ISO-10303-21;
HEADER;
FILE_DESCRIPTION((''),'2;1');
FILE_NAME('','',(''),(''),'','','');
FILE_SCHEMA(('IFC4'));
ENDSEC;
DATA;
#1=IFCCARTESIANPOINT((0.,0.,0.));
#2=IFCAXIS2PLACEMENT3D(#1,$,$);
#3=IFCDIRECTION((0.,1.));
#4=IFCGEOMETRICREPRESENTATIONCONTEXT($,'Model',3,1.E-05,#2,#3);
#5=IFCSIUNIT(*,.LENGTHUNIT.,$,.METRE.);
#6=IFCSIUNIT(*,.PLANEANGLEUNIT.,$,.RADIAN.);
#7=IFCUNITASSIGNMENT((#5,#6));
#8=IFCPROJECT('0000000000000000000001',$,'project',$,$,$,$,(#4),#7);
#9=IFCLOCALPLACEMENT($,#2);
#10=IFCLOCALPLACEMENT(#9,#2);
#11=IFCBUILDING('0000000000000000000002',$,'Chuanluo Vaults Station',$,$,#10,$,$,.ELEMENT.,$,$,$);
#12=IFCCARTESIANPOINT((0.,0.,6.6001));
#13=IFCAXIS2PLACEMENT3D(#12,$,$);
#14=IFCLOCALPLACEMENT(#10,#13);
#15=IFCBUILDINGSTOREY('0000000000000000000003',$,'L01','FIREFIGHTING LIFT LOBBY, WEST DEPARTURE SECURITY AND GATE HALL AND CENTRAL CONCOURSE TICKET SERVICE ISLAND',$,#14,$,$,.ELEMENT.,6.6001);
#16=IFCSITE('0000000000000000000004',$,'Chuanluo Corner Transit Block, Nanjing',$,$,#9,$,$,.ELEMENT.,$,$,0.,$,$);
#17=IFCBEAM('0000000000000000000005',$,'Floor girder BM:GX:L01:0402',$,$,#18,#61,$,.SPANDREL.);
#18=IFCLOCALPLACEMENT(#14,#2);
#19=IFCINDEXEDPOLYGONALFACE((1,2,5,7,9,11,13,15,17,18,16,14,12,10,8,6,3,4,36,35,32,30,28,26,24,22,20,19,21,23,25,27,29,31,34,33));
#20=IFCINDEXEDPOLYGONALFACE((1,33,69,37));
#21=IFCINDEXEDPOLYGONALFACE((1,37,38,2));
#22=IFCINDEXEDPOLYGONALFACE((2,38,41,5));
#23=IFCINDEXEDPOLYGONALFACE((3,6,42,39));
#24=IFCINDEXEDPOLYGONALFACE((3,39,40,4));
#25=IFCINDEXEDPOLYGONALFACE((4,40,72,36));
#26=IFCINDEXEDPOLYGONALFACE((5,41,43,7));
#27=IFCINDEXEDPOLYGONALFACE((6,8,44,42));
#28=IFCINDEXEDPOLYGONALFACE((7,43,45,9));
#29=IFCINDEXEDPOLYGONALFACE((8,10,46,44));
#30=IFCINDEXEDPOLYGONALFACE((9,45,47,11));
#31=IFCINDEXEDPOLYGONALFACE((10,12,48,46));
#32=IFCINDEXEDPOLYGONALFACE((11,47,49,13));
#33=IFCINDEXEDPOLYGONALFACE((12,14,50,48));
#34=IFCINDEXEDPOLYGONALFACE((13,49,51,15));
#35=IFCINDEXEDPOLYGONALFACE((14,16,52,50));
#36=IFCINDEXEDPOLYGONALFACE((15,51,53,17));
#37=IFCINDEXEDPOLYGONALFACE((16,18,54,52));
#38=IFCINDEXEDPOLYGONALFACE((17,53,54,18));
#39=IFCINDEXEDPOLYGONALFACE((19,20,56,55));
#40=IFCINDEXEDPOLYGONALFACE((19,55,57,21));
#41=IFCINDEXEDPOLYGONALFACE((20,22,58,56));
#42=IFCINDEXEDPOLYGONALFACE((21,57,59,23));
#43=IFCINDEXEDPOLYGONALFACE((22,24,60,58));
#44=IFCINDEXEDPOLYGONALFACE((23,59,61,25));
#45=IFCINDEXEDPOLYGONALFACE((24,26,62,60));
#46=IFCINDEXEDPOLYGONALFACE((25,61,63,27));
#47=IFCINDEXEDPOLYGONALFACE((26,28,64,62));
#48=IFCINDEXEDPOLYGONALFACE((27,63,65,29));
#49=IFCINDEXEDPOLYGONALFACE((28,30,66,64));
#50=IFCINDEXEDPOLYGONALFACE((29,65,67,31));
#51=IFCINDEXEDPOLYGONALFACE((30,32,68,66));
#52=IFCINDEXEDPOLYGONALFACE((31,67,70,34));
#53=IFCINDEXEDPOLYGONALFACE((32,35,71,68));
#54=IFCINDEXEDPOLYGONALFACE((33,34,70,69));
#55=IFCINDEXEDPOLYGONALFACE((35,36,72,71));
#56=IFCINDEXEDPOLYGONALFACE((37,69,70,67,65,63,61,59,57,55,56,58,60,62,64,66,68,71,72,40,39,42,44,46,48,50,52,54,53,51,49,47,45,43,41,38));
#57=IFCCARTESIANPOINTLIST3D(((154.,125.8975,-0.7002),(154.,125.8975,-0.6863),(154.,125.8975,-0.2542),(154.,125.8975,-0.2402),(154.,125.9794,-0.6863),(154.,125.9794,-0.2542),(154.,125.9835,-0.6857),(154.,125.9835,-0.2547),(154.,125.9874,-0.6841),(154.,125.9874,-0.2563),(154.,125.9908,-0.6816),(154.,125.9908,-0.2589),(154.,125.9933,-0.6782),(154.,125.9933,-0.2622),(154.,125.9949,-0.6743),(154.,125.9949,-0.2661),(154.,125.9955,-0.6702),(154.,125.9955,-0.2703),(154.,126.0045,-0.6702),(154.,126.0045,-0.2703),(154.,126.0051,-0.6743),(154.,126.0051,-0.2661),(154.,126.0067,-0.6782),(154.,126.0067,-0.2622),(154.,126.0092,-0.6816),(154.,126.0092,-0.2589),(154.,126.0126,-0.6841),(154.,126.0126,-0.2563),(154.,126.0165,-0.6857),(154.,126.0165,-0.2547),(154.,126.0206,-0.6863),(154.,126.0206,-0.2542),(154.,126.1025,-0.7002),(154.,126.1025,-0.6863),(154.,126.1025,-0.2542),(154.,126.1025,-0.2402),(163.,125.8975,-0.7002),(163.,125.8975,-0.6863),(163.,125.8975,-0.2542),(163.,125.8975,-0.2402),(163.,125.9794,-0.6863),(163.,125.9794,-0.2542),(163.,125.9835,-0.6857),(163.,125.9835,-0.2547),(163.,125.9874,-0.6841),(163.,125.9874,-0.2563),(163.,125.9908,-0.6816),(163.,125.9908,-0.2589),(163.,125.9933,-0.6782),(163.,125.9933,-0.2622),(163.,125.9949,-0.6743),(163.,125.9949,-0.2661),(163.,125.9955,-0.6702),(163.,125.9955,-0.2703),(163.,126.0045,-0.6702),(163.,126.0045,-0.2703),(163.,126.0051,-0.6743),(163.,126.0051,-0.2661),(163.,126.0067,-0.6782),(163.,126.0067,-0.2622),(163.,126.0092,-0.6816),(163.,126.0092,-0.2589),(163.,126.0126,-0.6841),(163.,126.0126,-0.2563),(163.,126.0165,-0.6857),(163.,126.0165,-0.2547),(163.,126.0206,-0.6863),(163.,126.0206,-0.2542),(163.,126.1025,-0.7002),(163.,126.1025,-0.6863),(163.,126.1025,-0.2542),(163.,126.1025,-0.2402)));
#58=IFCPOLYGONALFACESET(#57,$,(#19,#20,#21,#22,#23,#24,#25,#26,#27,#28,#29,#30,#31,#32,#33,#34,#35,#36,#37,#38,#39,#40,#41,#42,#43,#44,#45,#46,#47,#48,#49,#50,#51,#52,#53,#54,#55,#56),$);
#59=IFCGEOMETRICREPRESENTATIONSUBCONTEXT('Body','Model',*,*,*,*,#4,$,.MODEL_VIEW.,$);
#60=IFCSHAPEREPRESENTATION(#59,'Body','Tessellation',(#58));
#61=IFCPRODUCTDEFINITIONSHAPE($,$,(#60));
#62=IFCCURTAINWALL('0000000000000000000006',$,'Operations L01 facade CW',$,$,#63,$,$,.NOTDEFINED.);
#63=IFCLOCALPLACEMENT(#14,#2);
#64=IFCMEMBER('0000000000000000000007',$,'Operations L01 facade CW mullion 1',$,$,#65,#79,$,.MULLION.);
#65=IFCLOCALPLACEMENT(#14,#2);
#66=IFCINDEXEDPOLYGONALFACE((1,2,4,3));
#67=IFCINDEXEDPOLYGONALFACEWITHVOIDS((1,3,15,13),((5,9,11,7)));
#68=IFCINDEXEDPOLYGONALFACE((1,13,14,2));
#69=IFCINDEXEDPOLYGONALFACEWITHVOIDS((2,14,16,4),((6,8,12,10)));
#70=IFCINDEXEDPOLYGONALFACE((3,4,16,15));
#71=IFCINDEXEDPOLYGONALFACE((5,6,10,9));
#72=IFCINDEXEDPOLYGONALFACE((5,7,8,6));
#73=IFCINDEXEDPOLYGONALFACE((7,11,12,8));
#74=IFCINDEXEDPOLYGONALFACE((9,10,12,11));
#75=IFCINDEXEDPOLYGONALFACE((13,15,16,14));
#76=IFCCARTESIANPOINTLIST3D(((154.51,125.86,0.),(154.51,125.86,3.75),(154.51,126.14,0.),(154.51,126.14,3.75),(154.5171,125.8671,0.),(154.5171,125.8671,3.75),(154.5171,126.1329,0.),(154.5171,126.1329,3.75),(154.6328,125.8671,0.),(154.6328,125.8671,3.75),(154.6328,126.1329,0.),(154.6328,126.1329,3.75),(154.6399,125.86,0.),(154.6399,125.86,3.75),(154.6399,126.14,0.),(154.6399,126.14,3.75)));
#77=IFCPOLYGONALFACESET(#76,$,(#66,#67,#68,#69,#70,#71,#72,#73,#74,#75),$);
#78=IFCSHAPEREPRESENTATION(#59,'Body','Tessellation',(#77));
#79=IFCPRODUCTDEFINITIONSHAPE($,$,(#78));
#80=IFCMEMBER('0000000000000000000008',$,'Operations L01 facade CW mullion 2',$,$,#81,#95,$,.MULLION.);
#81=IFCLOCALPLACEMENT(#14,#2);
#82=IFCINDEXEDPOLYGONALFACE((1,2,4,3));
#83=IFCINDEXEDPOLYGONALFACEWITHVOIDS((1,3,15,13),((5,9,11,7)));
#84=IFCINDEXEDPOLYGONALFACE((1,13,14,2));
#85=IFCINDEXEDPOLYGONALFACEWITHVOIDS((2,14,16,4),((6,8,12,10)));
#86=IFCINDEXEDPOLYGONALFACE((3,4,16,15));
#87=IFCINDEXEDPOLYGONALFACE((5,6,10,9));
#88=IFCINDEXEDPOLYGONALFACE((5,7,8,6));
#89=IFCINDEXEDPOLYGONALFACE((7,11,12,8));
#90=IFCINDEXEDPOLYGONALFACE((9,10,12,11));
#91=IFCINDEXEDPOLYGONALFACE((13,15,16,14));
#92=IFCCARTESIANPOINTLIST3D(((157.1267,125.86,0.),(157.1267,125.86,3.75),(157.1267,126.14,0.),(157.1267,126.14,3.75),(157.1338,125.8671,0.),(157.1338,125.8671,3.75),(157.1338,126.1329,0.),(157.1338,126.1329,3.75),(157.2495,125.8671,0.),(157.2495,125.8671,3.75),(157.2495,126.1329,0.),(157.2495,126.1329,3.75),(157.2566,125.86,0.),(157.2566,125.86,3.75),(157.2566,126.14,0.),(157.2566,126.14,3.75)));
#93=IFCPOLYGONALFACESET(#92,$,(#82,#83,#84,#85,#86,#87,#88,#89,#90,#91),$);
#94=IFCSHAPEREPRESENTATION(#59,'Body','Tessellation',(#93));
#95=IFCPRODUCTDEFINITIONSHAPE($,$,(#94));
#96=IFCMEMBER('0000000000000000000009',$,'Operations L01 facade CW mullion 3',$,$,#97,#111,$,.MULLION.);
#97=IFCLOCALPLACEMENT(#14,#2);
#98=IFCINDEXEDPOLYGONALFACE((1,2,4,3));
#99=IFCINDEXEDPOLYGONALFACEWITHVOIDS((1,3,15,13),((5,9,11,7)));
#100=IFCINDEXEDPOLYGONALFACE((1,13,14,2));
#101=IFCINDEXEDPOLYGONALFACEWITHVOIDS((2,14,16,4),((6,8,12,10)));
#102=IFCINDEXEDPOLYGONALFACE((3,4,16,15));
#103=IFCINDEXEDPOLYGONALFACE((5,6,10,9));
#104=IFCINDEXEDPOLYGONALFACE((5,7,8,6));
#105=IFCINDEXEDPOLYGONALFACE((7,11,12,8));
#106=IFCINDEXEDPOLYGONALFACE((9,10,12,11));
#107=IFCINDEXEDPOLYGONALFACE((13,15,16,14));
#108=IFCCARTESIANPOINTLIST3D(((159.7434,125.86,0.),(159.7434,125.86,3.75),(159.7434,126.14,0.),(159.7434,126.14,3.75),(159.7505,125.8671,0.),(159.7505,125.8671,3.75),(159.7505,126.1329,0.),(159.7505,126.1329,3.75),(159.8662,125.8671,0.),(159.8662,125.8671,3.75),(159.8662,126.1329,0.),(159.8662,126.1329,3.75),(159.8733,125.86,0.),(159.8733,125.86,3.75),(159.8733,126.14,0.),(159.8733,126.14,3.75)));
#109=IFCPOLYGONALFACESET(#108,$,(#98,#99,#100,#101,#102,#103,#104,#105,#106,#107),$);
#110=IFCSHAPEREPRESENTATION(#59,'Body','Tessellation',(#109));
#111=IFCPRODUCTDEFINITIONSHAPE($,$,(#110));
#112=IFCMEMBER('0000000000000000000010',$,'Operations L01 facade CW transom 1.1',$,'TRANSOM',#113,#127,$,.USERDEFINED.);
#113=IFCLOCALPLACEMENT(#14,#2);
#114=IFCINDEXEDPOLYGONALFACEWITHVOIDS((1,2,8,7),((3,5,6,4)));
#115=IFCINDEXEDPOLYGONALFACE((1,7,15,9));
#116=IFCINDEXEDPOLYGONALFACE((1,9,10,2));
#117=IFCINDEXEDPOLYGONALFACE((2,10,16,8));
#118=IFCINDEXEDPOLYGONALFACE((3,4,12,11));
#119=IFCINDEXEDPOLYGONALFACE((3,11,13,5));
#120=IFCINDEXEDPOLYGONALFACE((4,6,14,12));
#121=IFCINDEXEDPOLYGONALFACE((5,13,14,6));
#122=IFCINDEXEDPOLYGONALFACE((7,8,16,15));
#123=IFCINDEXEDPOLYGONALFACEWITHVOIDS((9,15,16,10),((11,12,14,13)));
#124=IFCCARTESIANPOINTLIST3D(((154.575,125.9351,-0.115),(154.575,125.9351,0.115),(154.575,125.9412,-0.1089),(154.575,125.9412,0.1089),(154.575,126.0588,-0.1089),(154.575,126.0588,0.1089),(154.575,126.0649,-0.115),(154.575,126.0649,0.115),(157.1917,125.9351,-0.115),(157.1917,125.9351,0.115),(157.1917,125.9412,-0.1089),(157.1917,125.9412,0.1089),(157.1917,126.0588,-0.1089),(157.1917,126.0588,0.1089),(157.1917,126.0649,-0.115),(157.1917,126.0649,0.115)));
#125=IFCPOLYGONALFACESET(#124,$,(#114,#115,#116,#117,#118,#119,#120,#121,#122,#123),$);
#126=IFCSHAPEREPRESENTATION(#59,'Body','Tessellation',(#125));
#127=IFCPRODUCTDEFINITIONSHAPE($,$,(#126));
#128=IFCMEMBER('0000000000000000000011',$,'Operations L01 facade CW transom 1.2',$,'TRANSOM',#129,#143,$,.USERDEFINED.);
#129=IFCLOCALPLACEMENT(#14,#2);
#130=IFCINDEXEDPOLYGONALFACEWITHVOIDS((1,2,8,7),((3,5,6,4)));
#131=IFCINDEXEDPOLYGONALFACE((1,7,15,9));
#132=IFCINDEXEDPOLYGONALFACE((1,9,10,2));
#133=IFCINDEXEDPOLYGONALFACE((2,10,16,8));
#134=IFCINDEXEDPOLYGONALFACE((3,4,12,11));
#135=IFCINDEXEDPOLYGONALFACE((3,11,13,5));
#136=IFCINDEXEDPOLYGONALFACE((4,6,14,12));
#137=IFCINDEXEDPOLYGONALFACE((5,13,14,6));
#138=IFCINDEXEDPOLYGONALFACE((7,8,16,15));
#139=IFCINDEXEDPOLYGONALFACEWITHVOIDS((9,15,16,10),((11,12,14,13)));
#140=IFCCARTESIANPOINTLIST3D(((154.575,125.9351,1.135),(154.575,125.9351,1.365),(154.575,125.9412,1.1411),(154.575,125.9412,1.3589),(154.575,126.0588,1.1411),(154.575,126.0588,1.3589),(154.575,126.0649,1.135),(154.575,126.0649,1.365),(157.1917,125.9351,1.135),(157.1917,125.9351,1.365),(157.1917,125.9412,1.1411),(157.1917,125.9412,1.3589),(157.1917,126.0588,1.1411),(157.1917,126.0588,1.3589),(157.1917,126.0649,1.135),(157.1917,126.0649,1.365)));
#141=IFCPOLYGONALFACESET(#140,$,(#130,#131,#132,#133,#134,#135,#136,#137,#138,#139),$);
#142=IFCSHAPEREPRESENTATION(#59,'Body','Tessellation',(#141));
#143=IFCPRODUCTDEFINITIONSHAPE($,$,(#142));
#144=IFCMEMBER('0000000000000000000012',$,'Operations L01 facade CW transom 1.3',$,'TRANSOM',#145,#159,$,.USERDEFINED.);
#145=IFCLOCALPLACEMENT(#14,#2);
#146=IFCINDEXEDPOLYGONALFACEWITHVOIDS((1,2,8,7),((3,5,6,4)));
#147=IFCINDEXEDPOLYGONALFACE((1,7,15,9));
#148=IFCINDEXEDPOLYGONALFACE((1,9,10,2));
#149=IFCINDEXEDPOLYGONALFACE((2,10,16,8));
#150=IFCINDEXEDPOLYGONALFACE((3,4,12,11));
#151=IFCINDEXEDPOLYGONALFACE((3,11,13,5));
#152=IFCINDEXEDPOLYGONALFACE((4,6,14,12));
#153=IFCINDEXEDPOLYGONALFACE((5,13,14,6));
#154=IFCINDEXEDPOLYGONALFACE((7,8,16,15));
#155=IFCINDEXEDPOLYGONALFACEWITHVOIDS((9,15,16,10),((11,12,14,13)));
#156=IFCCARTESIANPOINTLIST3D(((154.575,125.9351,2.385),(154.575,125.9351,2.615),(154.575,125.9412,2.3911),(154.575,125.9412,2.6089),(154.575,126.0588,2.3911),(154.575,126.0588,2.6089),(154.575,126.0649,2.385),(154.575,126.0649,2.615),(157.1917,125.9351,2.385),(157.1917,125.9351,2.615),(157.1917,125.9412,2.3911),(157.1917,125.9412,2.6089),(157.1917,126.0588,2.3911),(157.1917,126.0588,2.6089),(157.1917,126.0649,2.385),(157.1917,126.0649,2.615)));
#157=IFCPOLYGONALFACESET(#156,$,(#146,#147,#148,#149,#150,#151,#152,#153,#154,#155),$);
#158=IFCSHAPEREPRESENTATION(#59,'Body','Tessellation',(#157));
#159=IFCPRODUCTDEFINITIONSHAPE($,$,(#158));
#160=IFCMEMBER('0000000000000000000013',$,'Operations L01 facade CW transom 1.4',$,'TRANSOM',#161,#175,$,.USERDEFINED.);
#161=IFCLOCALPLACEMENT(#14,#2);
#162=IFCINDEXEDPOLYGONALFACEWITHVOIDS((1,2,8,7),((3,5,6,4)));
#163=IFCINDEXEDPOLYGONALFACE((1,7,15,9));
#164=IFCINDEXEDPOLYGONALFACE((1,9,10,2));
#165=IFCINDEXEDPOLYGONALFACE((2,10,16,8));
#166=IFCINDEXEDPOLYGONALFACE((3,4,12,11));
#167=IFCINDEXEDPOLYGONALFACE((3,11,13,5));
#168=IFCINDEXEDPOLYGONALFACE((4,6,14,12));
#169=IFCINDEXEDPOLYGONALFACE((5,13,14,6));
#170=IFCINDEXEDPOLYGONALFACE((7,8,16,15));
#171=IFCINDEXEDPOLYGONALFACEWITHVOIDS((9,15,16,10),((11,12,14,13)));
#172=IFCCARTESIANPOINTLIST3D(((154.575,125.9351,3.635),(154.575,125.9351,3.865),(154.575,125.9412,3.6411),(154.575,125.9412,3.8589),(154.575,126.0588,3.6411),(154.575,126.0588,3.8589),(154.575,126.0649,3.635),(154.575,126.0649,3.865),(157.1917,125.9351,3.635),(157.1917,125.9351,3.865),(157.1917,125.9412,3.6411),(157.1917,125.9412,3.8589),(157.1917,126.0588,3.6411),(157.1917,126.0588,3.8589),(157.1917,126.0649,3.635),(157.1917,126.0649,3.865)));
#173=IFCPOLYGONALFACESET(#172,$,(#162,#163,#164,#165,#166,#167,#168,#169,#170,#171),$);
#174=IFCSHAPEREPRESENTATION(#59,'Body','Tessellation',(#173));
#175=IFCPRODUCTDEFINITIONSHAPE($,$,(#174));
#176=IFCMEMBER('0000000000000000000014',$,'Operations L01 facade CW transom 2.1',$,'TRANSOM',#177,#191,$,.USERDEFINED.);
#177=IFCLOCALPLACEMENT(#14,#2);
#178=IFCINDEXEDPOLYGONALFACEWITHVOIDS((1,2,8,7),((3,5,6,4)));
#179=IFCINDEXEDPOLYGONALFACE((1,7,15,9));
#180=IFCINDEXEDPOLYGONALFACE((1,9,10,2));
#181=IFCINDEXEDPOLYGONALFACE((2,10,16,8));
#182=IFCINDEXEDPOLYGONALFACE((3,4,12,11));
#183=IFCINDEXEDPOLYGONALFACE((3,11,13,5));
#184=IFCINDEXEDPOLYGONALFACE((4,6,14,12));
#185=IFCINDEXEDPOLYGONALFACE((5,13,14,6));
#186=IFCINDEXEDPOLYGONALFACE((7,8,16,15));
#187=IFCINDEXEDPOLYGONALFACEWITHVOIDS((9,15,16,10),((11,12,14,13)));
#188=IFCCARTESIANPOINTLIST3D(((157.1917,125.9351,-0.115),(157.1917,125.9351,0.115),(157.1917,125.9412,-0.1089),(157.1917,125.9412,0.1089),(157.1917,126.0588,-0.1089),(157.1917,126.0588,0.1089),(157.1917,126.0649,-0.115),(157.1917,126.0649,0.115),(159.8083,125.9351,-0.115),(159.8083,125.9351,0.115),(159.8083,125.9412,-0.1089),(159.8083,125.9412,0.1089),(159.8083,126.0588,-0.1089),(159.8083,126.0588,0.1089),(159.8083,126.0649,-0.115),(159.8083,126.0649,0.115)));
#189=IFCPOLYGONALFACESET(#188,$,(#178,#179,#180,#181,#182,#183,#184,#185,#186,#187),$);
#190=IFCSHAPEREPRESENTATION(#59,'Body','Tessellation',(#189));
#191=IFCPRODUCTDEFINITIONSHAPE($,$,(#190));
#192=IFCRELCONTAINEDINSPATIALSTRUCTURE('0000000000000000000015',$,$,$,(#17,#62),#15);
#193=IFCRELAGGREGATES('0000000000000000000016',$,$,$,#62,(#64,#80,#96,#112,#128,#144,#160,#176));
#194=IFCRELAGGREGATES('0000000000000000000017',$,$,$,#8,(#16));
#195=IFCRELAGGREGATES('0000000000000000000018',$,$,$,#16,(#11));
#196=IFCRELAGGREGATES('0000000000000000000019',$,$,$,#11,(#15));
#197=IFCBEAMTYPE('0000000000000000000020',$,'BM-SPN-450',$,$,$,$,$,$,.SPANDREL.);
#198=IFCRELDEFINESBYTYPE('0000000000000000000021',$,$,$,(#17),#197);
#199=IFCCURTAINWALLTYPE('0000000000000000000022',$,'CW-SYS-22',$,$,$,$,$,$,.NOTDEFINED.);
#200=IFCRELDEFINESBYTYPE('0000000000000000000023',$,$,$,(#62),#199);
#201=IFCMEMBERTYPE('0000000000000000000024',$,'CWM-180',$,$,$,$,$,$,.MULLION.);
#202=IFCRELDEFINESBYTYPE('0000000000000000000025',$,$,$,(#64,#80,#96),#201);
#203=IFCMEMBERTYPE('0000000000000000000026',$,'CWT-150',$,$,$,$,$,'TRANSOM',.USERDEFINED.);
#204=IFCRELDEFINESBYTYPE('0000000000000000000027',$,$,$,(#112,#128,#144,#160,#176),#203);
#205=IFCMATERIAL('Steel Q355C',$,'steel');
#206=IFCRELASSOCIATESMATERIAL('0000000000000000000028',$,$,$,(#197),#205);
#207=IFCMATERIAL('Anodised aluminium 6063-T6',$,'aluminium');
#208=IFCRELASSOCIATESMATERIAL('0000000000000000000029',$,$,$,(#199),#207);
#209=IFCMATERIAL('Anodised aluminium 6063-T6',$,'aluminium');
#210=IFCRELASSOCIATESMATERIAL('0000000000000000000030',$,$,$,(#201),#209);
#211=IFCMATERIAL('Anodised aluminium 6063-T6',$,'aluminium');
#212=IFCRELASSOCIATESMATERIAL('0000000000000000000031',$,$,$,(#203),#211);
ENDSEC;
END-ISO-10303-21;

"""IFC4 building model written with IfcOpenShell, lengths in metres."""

from ifc_helpers import new_model, si_unit, direction, frame, origin, origin_2d, place, context, subcontext, project, spatial, hollow_rectangle, i_section, extrude, material, material_profile, profile_set, type_object, element, aggregate, save


model = new_model("IFC4")

# Units and contexts
model_context = context("Model", 3, precision=1e-05, world=origin(), true_north=direction((0.0, 1.0)))
body_context = subcontext(model_context, "Body", "Model", "MODEL_VIEW")
ifc_project = project(units=[si_unit("LENGTHUNIT", "METRE"), si_unit("PLANEANGLEUNIT", "RADIAN")], contexts=[model_context])

# Site, building, storey
site_placement = place(None, origin())
site = spatial("IfcSite", under=ifc_project, at=site_placement, Name="Chuanluo Corner Transit Block, Nanjing", CompositionType="ELEMENT", RefElevation=0.0)
building_placement = place(site_placement, origin())
building = spatial("IfcBuilding", under=site, at=building_placement, Name="Chuanluo Vaults Station", CompositionType="ELEMENT")
storey_placement = place(building_placement, frame((0.0, 0.0, 6.6001)))
storey = spatial("IfcBuildingStorey", under=building, at=storey_placement, Name="L01", Description="FIREFIGHTING LIFT LOBBY, WEST DEPARTURE SECURITY AND GATE HALL AND CENTRAL CONCOURSE TICKET SERVICE ISLAND", CompositionType="ELEMENT", Elevation=6.6001)

# Beam
ifc_material_1 = material(Name="Steel Q355C", Category="steel")
ifc_material_profile_1 = material_profile(ifc_material_1, i_section(OverallWidth=0.2051, OverallDepth=0.46, WebThickness=0.009, FlangeThickness=0.0139, FilletRadius=0.0161, at=origin_2d()))
ifc_profile_set_1 = profile_set([ifc_material_profile_1], Name="Steel Q355C")
beam_type = type_object("IfcBeamType", Name="BM-SPN-450", PredefinedType="SPANDREL", material=ifc_profile_set_1)
beam_placement = place(storey_placement, frame((154.0, 126.0, -0.4702), z_axis=(1.0, 0.0, 0.0), x_axis=(0.0, 1.0, 0.0)))
element("IfcBeam", 1, at=beam_placement, inside=storey, type_object=beam_type, Name="Floor girder BM:GX:L01:0402", PredefinedType="SPANDREL", context=body_context, shape_type="SweptSolid", body=[
    extrude(i_section(OverallWidth=0.2051, OverallDepth=0.46, WebThickness=0.009, FlangeThickness=0.0139, FilletRadius=0.0161, at=origin_2d()), origin(), (0.0, 0.0, 1.0), 9.0),
])

# Curtain wall, members
ifc_material_2 = material(Name="Anodised aluminium 6063-T6", Category="aluminium")
curtain_wall_type = type_object("IfcCurtainWallType", Name="CW-SYS-22", PredefinedType="NOTDEFINED", material=ifc_material_2)
curtain_wall_placement = place(storey_placement, origin())
curtain_wall = element("IfcCurtainWall", 2, at=curtain_wall_placement, inside=storey, type_object=curtain_wall_type, Name="Operations L01 facade CW", PredefinedType="NOTDEFINED")
ifc_material_3 = material(Name="Anodised aluminium 6063-T6", Category="aluminium")
ifc_material_profile_2 = material_profile(ifc_material_3, hollow_rectangle(XDim=0.1299, YDim=0.28, WallThickness=0.0071, at=origin_2d()))
ifc_profile_set_2 = profile_set([ifc_material_profile_2], Name="Anodised aluminium 6063-T6")
member_type_1 = type_object("IfcMemberType", Name="CWM-180", PredefinedType="MULLION", material=ifc_profile_set_2)
member_1_placement = place(storey_placement, frame((154.575, 126.0, 0.0), z_axis=(0.0, 0.0, 1.0), x_axis=(1.0, 0.0, 0.0)))
member_1 = element("IfcMember", 3, at=member_1_placement, type_object=member_type_1, Name="Operations L01 facade CW mullion 1", PredefinedType="MULLION", context=body_context, shape_type="SweptSolid", body=[
    extrude(hollow_rectangle(XDim=0.1299, YDim=0.28, WallThickness=0.0071, at=origin_2d()), origin(), (0.0, 0.0, 1.0), 3.75),
])
member_2_placement = place(storey_placement, frame((157.1917, 126.0, 0.0), z_axis=(0.0, 0.0, 1.0), x_axis=(1.0, 0.0, 0.0)))
member_2 = element("IfcMember", 4, at=member_2_placement, type_object=member_type_1, Name="Operations L01 facade CW mullion 2", PredefinedType="MULLION", context=body_context, shape_type="SweptSolid", body=[
    extrude(hollow_rectangle(XDim=0.1299, YDim=0.28, WallThickness=0.0071, at=origin_2d()), origin(), (0.0, 0.0, 1.0), 3.75),
])
member_3_placement = place(storey_placement, frame((159.8083, 126.0, 0.0), z_axis=(0.0, 0.0, 1.0), x_axis=(1.0, 0.0, 0.0)))
member_3 = element("IfcMember", 5, at=member_3_placement, type_object=member_type_1, Name="Operations L01 facade CW mullion 3", PredefinedType="MULLION", context=body_context, shape_type="SweptSolid", body=[
    extrude(hollow_rectangle(XDim=0.1299, YDim=0.28, WallThickness=0.0071, at=origin_2d()), origin(), (0.0, 0.0, 1.0), 3.75),
])
ifc_material_4 = material(Name="Anodised aluminium 6063-T6", Category="aluminium")
ifc_material_profile_3 = material_profile(ifc_material_4, hollow_rectangle(XDim=0.1299, YDim=0.23, WallThickness=0.0061, at=origin_2d()))
ifc_profile_set_3 = profile_set([ifc_material_profile_3], Name="Anodised aluminium 6063-T6")
member_type_2 = type_object("IfcMemberType", Name="CWT-150", ElementType="TRANSOM", PredefinedType="USERDEFINED", material=ifc_profile_set_3)
member_4_placement = place(storey_placement, frame((154.575, 126.0, 0.0), z_axis=(1.0, 0.0, 0.0), x_axis=(0.0, 1.0, 0.0)))
member_4 = element("IfcMember", 6, at=member_4_placement, type_object=member_type_2, Name="Operations L01 facade CW transom 1.1", ObjectType="TRANSOM", PredefinedType="USERDEFINED", context=body_context, shape_type="SweptSolid", body=[
    extrude(hollow_rectangle(XDim=0.1299, YDim=0.23, WallThickness=0.0061, at=origin_2d()), origin(), (0.0, 0.0, 1.0), 2.6167),
])
member_5_placement = place(storey_placement, frame((154.575, 126.0, 1.25), z_axis=(1.0, 0.0, 0.0), x_axis=(0.0, 1.0, 0.0)))
member_5 = element("IfcMember", 7, at=member_5_placement, type_object=member_type_2, Name="Operations L01 facade CW transom 1.2", ObjectType="TRANSOM", PredefinedType="USERDEFINED", context=body_context, shape_type="SweptSolid", body=[
    extrude(hollow_rectangle(XDim=0.1299, YDim=0.23, WallThickness=0.0061, at=origin_2d()), origin(), (0.0, 0.0, 1.0), 2.6167),
])
member_6_placement = place(storey_placement, frame((154.575, 126.0, 2.5), z_axis=(1.0, 0.0, 0.0), x_axis=(0.0, 1.0, 0.0)))
member_6 = element("IfcMember", 8, at=member_6_placement, type_object=member_type_2, Name="Operations L01 facade CW transom 1.3", ObjectType="TRANSOM", PredefinedType="USERDEFINED", context=body_context, shape_type="SweptSolid", body=[
    extrude(hollow_rectangle(XDim=0.1299, YDim=0.23, WallThickness=0.0061, at=origin_2d()), origin(), (0.0, 0.0, 1.0), 2.6167),
])
member_7_placement = place(storey_placement, frame((154.575, 126.0, 3.75), z_axis=(1.0, 0.0, 0.0), x_axis=(0.0, 1.0, 0.0)))
member_7 = element("IfcMember", 9, at=member_7_placement, type_object=member_type_2, Name="Operations L01 facade CW transom 1.4", ObjectType="TRANSOM", PredefinedType="USERDEFINED", context=body_context, shape_type="SweptSolid", body=[
    extrude(hollow_rectangle(XDim=0.1299, YDim=0.23, WallThickness=0.0061, at=origin_2d()), origin(), (0.0, 0.0, 1.0), 2.6167),
])
member_8_placement = place(storey_placement, frame((157.1917, 126.0, 0.0), z_axis=(1.0, 0.0, 0.0), x_axis=(0.0, 1.0, 0.0)))
member_8 = element("IfcMember", 10, at=member_8_placement, type_object=member_type_2, Name="Operations L01 facade CW transom 2.1", ObjectType="TRANSOM", PredefinedType="USERDEFINED", context=body_context, shape_type="SweptSolid", body=[
    extrude(hollow_rectangle(XDim=0.1299, YDim=0.23, WallThickness=0.0061, at=origin_2d()), origin(), (0.0, 0.0, 1.0), 2.6167),
])
aggregate(curtain_wall, [member_1, member_2, member_3, member_4, member_5, member_6, member_7, member_8])

save(model, "model.ifc")
